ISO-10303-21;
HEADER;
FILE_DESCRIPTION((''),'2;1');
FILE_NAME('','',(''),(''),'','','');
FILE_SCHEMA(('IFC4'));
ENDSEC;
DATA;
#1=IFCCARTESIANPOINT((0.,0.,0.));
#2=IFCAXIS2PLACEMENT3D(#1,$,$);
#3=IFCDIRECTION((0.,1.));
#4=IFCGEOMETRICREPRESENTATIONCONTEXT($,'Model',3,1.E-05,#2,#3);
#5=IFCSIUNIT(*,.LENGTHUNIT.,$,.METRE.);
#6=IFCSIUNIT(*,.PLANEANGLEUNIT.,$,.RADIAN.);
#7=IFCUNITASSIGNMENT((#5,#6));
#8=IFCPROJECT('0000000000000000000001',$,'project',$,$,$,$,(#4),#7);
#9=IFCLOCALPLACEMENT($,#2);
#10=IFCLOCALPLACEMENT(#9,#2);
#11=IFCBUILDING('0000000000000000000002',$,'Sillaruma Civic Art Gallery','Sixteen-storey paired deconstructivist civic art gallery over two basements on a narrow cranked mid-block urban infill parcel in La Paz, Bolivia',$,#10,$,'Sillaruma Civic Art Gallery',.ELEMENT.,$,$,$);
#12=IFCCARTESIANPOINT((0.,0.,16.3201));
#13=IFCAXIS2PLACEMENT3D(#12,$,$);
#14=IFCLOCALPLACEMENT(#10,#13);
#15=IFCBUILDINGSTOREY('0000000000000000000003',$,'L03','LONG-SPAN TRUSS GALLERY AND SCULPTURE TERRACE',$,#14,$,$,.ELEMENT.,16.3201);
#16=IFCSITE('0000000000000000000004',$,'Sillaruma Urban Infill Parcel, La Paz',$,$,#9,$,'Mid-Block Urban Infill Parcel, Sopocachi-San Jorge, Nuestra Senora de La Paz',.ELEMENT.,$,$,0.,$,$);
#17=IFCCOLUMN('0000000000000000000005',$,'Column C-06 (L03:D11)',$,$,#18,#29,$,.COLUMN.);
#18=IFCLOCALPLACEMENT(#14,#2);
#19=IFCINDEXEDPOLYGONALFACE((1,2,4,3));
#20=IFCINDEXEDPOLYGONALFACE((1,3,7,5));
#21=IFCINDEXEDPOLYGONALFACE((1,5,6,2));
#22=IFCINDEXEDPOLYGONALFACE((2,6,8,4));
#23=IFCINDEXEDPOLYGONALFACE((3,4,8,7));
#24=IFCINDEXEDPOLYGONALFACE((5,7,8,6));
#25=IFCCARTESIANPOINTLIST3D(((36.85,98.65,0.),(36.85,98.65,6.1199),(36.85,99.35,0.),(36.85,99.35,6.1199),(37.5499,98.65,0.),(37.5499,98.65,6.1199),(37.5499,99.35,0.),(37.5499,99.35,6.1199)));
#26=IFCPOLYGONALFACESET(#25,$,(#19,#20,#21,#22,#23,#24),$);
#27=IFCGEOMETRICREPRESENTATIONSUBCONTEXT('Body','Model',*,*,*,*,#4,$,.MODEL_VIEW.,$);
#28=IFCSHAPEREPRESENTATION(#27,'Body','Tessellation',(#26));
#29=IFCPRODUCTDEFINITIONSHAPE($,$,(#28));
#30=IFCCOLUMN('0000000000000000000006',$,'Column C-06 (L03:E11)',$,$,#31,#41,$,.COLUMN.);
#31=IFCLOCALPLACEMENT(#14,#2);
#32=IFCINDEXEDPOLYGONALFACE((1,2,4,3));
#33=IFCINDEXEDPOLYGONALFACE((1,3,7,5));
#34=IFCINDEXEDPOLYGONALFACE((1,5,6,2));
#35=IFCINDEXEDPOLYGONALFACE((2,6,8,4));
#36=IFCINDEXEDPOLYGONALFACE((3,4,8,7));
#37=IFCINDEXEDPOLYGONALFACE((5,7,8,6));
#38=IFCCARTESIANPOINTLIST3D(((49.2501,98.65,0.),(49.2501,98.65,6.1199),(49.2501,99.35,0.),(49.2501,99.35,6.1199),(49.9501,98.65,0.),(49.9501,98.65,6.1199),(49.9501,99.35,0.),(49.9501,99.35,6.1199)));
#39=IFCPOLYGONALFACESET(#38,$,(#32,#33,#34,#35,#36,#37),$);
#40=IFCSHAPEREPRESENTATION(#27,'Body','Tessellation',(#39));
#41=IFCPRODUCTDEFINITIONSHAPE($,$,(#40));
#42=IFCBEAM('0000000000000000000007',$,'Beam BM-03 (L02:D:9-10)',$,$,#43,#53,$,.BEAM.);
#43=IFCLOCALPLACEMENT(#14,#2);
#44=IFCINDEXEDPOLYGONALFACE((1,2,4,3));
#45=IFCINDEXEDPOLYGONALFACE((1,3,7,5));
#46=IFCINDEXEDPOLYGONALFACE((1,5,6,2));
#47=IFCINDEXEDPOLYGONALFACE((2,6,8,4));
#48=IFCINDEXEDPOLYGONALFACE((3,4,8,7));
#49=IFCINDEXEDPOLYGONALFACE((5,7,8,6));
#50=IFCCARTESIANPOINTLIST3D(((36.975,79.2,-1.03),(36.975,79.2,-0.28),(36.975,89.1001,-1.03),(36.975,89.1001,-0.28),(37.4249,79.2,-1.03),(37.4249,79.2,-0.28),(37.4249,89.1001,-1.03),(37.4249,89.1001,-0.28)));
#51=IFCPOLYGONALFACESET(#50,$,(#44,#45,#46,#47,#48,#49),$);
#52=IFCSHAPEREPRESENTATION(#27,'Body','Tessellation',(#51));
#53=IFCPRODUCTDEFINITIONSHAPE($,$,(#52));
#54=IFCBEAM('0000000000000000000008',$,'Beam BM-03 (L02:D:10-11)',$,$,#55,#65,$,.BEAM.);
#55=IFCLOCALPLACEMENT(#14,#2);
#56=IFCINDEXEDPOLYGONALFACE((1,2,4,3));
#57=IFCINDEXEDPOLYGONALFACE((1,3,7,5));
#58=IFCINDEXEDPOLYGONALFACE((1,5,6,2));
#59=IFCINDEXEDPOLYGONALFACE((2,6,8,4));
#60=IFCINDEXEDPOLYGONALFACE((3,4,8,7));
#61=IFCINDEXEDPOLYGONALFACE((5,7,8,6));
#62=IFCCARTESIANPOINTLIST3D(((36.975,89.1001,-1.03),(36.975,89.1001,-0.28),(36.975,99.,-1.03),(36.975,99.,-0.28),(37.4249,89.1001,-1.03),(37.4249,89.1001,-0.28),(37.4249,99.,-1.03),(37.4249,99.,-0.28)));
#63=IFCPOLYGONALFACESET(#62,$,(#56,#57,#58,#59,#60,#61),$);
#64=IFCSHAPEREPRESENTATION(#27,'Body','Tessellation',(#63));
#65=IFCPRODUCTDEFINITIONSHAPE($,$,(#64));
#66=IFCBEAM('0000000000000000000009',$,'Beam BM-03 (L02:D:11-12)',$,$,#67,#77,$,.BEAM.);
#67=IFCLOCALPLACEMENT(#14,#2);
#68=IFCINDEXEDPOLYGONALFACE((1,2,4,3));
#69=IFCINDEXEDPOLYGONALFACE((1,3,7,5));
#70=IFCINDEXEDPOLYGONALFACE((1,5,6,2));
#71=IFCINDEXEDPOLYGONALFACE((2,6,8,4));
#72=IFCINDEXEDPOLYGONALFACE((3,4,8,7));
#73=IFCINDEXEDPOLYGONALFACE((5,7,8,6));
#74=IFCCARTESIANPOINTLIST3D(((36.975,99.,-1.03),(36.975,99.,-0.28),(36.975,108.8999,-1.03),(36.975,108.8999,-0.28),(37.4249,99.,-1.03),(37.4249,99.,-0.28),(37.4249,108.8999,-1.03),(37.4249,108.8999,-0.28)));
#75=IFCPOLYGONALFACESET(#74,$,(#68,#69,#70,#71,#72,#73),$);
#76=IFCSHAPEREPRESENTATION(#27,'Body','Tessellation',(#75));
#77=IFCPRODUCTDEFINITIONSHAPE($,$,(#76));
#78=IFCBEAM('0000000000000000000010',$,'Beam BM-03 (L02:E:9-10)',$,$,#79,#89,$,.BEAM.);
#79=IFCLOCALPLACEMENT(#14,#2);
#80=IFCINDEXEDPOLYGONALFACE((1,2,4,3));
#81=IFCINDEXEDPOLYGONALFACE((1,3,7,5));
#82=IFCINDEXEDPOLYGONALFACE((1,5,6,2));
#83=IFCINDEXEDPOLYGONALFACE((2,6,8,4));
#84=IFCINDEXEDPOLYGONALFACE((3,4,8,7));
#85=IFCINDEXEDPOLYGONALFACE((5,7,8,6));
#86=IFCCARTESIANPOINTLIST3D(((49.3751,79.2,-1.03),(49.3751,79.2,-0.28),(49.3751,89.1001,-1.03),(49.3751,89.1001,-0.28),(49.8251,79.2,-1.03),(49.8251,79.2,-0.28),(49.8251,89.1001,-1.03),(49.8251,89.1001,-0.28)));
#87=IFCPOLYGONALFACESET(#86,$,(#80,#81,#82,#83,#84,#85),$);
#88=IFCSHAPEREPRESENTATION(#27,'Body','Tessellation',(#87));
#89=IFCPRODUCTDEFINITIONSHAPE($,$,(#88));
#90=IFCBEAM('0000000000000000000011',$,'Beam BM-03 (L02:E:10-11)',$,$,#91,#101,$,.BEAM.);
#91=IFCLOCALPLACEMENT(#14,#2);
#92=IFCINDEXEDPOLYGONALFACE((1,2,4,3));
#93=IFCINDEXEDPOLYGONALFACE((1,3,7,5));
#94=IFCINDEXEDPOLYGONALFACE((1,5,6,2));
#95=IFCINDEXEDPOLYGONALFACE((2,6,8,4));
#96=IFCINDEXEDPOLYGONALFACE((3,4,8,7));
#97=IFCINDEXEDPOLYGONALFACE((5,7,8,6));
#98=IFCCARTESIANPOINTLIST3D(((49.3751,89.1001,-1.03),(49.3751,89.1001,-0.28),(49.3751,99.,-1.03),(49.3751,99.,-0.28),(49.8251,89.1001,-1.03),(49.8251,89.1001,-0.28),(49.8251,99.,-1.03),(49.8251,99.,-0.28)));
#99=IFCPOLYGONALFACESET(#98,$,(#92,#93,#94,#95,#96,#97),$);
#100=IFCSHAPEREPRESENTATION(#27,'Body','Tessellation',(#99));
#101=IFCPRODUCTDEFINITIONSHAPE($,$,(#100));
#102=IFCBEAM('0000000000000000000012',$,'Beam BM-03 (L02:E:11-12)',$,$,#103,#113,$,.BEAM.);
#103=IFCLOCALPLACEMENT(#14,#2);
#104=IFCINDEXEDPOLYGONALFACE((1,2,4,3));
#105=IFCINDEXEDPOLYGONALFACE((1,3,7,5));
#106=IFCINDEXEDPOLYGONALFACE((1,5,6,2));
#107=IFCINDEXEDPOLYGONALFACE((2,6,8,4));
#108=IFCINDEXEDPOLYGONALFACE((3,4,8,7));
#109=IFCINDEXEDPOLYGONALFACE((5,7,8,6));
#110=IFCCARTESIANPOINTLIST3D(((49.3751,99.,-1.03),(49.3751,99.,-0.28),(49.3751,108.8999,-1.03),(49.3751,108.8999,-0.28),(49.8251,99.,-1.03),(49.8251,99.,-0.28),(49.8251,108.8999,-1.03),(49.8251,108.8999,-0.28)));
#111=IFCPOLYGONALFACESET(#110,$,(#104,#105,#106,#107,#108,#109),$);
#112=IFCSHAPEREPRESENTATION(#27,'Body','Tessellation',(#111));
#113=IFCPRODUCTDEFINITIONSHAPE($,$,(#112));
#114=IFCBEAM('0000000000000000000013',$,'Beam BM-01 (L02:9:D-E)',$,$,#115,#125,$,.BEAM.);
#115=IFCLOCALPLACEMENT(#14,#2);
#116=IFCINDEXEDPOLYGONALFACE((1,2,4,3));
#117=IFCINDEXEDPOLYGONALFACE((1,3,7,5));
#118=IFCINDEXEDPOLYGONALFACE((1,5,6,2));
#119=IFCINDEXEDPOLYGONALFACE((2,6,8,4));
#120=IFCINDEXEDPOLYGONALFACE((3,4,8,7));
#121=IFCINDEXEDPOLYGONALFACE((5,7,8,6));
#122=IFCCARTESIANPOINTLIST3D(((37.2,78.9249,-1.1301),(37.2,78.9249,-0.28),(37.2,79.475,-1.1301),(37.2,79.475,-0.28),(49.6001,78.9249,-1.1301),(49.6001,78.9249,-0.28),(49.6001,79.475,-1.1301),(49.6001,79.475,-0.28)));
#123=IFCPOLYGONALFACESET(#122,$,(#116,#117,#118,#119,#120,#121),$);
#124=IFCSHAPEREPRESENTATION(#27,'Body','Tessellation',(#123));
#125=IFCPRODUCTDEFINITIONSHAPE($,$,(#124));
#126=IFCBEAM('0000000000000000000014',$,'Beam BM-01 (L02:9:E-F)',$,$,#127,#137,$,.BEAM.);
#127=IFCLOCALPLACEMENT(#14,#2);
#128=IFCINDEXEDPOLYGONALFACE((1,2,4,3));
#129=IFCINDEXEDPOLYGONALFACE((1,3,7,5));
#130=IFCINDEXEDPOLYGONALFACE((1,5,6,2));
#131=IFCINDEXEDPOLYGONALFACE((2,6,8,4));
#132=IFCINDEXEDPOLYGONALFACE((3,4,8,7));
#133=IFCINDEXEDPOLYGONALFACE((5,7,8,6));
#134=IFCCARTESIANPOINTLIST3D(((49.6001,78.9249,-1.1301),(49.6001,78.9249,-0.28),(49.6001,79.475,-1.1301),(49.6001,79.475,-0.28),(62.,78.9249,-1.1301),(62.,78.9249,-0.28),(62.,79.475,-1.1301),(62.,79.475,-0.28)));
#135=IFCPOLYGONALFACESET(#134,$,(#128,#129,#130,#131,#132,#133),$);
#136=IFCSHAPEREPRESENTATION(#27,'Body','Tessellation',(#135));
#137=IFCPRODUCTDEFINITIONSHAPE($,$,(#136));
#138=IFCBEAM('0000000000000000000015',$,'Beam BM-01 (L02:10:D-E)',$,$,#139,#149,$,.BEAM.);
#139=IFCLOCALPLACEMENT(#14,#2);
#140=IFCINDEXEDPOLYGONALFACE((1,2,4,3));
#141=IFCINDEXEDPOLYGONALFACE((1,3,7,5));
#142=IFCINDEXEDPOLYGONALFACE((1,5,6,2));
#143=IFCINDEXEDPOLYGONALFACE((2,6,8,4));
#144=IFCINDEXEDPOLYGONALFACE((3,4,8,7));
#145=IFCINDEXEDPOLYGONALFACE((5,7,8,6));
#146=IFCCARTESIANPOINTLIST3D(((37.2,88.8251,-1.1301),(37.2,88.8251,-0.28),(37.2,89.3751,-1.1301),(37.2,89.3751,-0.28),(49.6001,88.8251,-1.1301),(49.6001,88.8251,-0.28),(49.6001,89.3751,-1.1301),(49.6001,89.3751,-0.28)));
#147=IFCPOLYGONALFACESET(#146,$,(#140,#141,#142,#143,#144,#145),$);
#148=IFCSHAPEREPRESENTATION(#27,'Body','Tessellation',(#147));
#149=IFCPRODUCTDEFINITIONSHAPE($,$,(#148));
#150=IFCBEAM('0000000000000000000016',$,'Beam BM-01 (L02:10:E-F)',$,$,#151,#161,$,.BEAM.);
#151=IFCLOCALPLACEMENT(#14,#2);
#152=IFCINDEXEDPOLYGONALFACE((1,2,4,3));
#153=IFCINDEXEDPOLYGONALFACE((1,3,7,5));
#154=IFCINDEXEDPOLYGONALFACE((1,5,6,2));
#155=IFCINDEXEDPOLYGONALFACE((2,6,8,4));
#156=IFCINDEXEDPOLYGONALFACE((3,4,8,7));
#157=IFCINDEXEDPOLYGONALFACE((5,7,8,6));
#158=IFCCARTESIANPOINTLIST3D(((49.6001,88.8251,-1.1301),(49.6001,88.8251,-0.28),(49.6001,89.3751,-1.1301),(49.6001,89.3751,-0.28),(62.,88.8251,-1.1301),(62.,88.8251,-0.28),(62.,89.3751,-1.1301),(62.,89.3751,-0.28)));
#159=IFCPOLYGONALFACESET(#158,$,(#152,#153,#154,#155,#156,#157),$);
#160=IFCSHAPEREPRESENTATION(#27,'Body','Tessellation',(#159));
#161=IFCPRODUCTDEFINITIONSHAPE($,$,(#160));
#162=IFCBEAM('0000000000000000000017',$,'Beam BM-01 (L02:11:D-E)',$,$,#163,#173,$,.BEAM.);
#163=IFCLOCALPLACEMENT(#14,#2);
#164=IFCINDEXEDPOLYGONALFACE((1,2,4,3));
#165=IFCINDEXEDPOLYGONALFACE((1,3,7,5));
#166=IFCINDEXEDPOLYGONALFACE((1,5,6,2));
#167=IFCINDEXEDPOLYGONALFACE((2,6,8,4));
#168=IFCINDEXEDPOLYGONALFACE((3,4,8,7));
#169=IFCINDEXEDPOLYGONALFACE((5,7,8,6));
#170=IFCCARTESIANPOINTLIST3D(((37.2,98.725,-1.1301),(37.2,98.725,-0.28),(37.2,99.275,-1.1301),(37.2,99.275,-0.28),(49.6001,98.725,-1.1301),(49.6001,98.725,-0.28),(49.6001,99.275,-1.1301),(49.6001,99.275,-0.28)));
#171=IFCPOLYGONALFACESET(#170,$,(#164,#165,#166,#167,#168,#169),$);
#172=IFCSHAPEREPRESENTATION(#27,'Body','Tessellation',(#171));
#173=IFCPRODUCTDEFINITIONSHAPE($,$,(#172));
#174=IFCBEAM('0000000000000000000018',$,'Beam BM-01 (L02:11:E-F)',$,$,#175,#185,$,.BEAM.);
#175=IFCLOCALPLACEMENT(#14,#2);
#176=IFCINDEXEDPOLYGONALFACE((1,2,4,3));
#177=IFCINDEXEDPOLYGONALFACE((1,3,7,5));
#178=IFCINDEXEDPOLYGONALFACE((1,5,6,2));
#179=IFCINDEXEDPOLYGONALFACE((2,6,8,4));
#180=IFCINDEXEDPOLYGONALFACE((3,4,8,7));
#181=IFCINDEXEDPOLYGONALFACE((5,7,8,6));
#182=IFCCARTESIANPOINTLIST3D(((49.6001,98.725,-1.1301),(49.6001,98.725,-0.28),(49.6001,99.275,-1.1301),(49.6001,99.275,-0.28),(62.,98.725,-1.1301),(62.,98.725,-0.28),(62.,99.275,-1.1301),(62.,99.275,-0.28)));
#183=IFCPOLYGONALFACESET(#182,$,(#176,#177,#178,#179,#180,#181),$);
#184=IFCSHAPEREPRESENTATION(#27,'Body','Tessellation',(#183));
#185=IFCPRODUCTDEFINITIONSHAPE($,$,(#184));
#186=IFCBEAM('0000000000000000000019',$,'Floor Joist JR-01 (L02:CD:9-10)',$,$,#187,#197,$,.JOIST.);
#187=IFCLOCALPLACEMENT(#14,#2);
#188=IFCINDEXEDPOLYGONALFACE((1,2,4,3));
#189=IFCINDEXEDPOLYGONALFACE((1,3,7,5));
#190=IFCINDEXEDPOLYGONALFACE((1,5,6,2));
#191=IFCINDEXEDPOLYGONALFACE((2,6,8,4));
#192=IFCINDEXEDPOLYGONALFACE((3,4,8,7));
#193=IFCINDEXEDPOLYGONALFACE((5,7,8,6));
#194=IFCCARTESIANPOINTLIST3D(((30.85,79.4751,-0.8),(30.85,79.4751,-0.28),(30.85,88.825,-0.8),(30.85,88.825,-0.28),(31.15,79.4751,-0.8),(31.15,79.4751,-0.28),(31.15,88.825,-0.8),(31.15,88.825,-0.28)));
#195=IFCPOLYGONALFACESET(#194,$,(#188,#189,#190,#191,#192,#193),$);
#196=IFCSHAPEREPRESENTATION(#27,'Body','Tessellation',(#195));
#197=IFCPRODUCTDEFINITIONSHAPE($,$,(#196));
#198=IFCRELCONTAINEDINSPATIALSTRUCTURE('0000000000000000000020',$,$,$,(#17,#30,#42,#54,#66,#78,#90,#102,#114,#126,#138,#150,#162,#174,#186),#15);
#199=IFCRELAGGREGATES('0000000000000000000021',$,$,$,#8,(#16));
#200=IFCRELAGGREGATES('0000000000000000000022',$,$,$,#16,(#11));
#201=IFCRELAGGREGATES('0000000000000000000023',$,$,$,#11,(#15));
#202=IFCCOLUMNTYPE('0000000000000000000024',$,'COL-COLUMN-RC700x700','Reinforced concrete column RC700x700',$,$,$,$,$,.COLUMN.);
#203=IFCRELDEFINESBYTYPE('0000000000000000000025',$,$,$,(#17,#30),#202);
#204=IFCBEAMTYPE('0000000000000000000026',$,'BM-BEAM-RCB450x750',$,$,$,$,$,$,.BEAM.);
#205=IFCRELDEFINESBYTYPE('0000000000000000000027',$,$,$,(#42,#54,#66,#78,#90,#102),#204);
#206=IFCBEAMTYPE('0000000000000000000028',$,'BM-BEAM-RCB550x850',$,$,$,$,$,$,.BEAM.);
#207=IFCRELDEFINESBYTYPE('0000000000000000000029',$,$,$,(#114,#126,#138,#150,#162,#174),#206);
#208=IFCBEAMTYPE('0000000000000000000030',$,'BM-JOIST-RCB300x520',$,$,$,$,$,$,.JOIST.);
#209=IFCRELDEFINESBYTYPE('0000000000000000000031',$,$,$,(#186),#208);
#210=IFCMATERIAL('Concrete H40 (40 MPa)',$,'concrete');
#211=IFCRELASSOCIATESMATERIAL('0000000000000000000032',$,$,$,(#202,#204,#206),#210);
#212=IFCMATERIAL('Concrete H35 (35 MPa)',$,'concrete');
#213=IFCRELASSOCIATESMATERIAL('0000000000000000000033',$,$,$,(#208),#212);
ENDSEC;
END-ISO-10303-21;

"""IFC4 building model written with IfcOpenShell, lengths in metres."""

from ifc_helpers import new_model, si_unit, direction, frame, origin, origin_2d, place, context, subcontext, project, spatial, rectangle, extrude, material, material_profile, profile_set, type_object, element, save


model = new_model("IFC4")

# Units and contexts
model_context = context("Model", 3, precision=1e-05, world=origin(), true_north=direction((0.0, 1.0)))
body_context = subcontext(model_context, "Body", "Model", "MODEL_VIEW")
ifc_project = project(units=[si_unit("LENGTHUNIT", "METRE"), si_unit("PLANEANGLEUNIT", "RADIAN")], contexts=[model_context])

# Site, building, storey
site_placement = place(None, origin())
site = spatial("IfcSite", under=ifc_project, at=site_placement, Name="Sillaruma Urban Infill Parcel, La Paz", LongName="Mid-Block Urban Infill Parcel, Sopocachi-San Jorge, Nuestra Senora de La Paz", CompositionType="ELEMENT", RefElevation=0.0)
building_placement = place(site_placement, origin())
building = spatial("IfcBuilding", under=site, at=building_placement, Name="Sillaruma Civic Art Gallery", Description="Sixteen-storey paired deconstructivist civic art gallery over two basements on a narrow cranked mid-block urban infill parcel in La Paz, Bolivia", LongName="Sillaruma Civic Art Gallery", CompositionType="ELEMENT")
storey_placement = place(building_placement, frame((0.0, 0.0, 16.3201)))
storey = spatial("IfcBuildingStorey", under=building, at=storey_placement, Name="L03", Description="LONG-SPAN TRUSS GALLERY AND SCULPTURE TERRACE", CompositionType="ELEMENT", Elevation=16.3201)

# Columns
ifc_material_1 = material(Name="Concrete H40 (40 MPa)", Category="concrete")
ifc_material_profile_1 = material_profile(ifc_material_1, rectangle(XDim=0.7, YDim=0.7, at=origin_2d()), Name="RC700x700")
ifc_profile_set_1 = profile_set([ifc_material_profile_1], Name="Concrete H40 (40 MPa)")
column_type = type_object("IfcColumnType", Name="COL-COLUMN-RC700x700", Description="Reinforced concrete column RC700x700", PredefinedType="COLUMN", material=ifc_profile_set_1)
for number, where, z_axis, x_axis, name in (
    (1, (37.2, 99.0, 0.0), (0.0, 0.0, 1.0), (1.0, 0.0, 0.0), "Column C-06 (L03:D11)"),
    (2, (49.6001, 99.0, 0.0), (0.0, 0.0, 1.0), (1.0, 0.0, 0.0), "Column C-06 (L03:E11)"),
):
    element("IfcColumn", number, at=place(storey_placement, frame(where, z_axis=z_axis, x_axis=x_axis)), inside=storey, type_object=column_type, Name=name, PredefinedType="COLUMN", context=body_context, shape_type="SweptSolid", body=[
        extrude(rectangle(XDim=0.7, YDim=0.7, at=origin_2d()), origin(), (0.0, 0.0, 1.0), 6.1199),
    ])

# Beams
ifc_material_profile_2 = material_profile(ifc_material_1, rectangle(XDim=0.45, YDim=0.75, at=origin_2d()), Name="RCB450x750")
ifc_profile_set_2 = profile_set([ifc_material_profile_2], Name="Concrete H40 (40 MPa)")
beam_type_1 = type_object("IfcBeamType", Name="BM-BEAM-RCB450x750", PredefinedType="BEAM", material=ifc_profile_set_2)
beam_1_placement = place(storey_placement, frame((37.2, 79.2, -0.655), z_axis=(0.0, 1.0, 0.0), x_axis=(-1.0, 0.0, 0.0)))
element("IfcBeam", 3, at=beam_1_placement, inside=storey, type_object=beam_type_1, Name="Beam BM-03 (L02:D:9-10)", PredefinedType="BEAM", context=body_context, shape_type="SweptSolid", body=[
    extrude(rectangle(XDim=0.45, YDim=0.75, at=origin_2d()), origin(), (0.0, 0.0, 1.0), 9.9001),
])
for number, where, z_axis, x_axis, name in (
    (4, (37.2, 89.1001, -0.655), (0.0, 1.0, 0.0), (-1.0, 0.0, 0.0), "Beam BM-03 (L02:D:10-11)"),
    (5, (37.2, 99.0, -0.655), (0.0, 1.0, 0.0), (-1.0, 0.0, 0.0), "Beam BM-03 (L02:D:11-12)"),
):
    element("IfcBeam", number, at=place(storey_placement, frame(where, z_axis=z_axis, x_axis=x_axis)), inside=storey, type_object=beam_type_1, Name=name, PredefinedType="BEAM", context=body_context, shape_type="SweptSolid", body=[
        extrude(rectangle(XDim=0.45, YDim=0.75, at=origin_2d()), origin(), (0.0, 0.0, 1.0), 9.8999),
    ])
beam_2_placement = place(storey_placement, frame((49.6001, 79.2, -0.655), z_axis=(0.0, 1.0, 0.0), x_axis=(-1.0, 0.0, 0.0)))
element("IfcBeam", 6, at=beam_2_placement, inside=storey, type_object=beam_type_1, Name="Beam BM-03 (L02:E:9-10)", PredefinedType="BEAM", context=body_context, shape_type="SweptSolid", body=[
    extrude(rectangle(XDim=0.45, YDim=0.75, at=origin_2d()), origin(), (0.0, 0.0, 1.0), 9.9001),
])
for number, where, z_axis, x_axis, name in (
    (7, (49.6001, 89.1001, -0.655), (0.0, 1.0, 0.0), (-1.0, 0.0, 0.0), "Beam BM-03 (L02:E:10-11)"),
    (8, (49.6001, 99.0, -0.655), (0.0, 1.0, 0.0), (-1.0, 0.0, 0.0), "Beam BM-03 (L02:E:11-12)"),
):
    element("IfcBeam", number, at=place(storey_placement, frame(where, z_axis=z_axis, x_axis=x_axis)), inside=storey, type_object=beam_type_1, Name=name, PredefinedType="BEAM", context=body_context, shape_type="SweptSolid", body=[
        extrude(rectangle(XDim=0.45, YDim=0.75, at=origin_2d()), origin(), (0.0, 0.0, 1.0), 9.8999),
    ])
ifc_material_profile_3 = material_profile(ifc_material_1, rectangle(XDim=0.55, YDim=0.8501, at=origin_2d()), Name="RCB550x850")
ifc_profile_set_3 = profile_set([ifc_material_profile_3], Name="Concrete H40 (40 MPa)")
beam_type_2 = type_object("IfcBeamType", Name="BM-BEAM-RCB550x850", PredefinedType="BEAM", material=ifc_profile_set_3)
beam_3_placement = place(storey_placement, frame((37.2, 79.2, -0.7051), z_axis=(1.0, 0.0, 0.0), x_axis=(0.0, 1.0, 0.0)))
element("IfcBeam", 9, at=beam_3_placement, inside=storey, type_object=beam_type_2, Name="Beam BM-01 (L02:9:D-E)", PredefinedType="BEAM", context=body_context, shape_type="SweptSolid", body=[
    extrude(rectangle(XDim=0.55, YDim=0.8501, at=origin_2d()), origin(), (0.0, 0.0, 1.0), 12.4001),
])
beam_4_placement = place(storey_placement, frame((49.6001, 79.2, -0.7051), z_axis=(1.0, 0.0, 0.0), x_axis=(0.0, 1.0, 0.0)))
element("IfcBeam", 10, at=beam_4_placement, inside=storey, type_object=beam_type_2, Name="Beam BM-01 (L02:9:E-F)", PredefinedType="BEAM", context=body_context, shape_type="SweptSolid", body=[
    extrude(rectangle(XDim=0.55, YDim=0.8501, at=origin_2d()), origin(), (0.0, 0.0, 1.0), 12.3999),
])
beam_5_placement = place(storey_placement, frame((37.2, 89.1001, -0.7051), z_axis=(1.0, 0.0, 0.0), x_axis=(0.0, 1.0, 0.0)))
element("IfcBeam", 11, at=beam_5_placement, inside=storey, type_object=beam_type_2, Name="Beam BM-01 (L02:10:D-E)", PredefinedType="BEAM", context=body_context, shape_type="SweptSolid", body=[
    extrude(rectangle(XDim=0.55, YDim=0.8501, at=origin_2d()), origin(), (0.0, 0.0, 1.0), 12.4001),
])
beam_6_placement = place(storey_placement, frame((49.6001, 89.1001, -0.7051), z_axis=(1.0, 0.0, 0.0), x_axis=(0.0, 1.0, 0.0)))
element("IfcBeam", 12, at=beam_6_placement, inside=storey, type_object=beam_type_2, Name="Beam BM-01 (L02:10:E-F)", PredefinedType="BEAM", context=body_context, shape_type="SweptSolid", body=[
    extrude(rectangle(XDim=0.55, YDim=0.8501, at=origin_2d()), origin(), (0.0, 0.0, 1.0), 12.3999),
])
beam_7_placement = place(storey_placement, frame((37.2, 99.0, -0.7051), z_axis=(1.0, 0.0, 0.0), x_axis=(0.0, 1.0, 0.0)))
element("IfcBeam", 13, at=beam_7_placement, inside=storey, type_object=beam_type_2, Name="Beam BM-01 (L02:11:D-E)", PredefinedType="BEAM", context=body_context, shape_type="SweptSolid", body=[
    extrude(rectangle(XDim=0.55, YDim=0.8501, at=origin_2d()), origin(), (0.0, 0.0, 1.0), 12.4001),
])
beam_8_placement = place(storey_placement, frame((49.6001, 99.0, -0.7051), z_axis=(1.0, 0.0, 0.0), x_axis=(0.0, 1.0, 0.0)))
element("IfcBeam", 14, at=beam_8_placement, inside=storey, type_object=beam_type_2, Name="Beam BM-01 (L02:11:E-F)", PredefinedType="BEAM", context=body_context, shape_type="SweptSolid", body=[
    extrude(rectangle(XDim=0.55, YDim=0.8501, at=origin_2d()), origin(), (0.0, 0.0, 1.0), 12.3999),
])
ifc_material_2 = material(Name="Concrete H35 (35 MPa)", Category="concrete")
ifc_material_profile_4 = material_profile(ifc_material_2, rectangle(XDim=0.3, YDim=0.52, at=origin_2d()), Name="RCB300x520")
ifc_profile_set_4 = profile_set([ifc_material_profile_4], Name="Concrete H35 (35 MPa)")
beam_type_3 = type_object("IfcBeamType", Name="BM-JOIST-RCB300x520", PredefinedType="JOIST", material=ifc_profile_set_4)
for number, where, z_axis, x_axis, name in (
    (15, (31.0, 79.4751, -0.54), (0.0, 1.0, 0.0), (-1.0, 0.0, 0.0), "Floor Joist JR-01 (L02:CD:9-10)"),
):
    element("IfcBeam", number, at=place(storey_placement, frame(where, z_axis=z_axis, x_axis=x_axis)), inside=storey, type_object=beam_type_3, Name=name, PredefinedType="JOIST", context=body_context, shape_type="SweptSolid", body=[
        extrude(rectangle(XDim=0.3, YDim=0.52, at=origin_2d()), origin(), (0.0, 0.0, 1.0), 9.3499),
    ])

save(model, "model.ifc")
